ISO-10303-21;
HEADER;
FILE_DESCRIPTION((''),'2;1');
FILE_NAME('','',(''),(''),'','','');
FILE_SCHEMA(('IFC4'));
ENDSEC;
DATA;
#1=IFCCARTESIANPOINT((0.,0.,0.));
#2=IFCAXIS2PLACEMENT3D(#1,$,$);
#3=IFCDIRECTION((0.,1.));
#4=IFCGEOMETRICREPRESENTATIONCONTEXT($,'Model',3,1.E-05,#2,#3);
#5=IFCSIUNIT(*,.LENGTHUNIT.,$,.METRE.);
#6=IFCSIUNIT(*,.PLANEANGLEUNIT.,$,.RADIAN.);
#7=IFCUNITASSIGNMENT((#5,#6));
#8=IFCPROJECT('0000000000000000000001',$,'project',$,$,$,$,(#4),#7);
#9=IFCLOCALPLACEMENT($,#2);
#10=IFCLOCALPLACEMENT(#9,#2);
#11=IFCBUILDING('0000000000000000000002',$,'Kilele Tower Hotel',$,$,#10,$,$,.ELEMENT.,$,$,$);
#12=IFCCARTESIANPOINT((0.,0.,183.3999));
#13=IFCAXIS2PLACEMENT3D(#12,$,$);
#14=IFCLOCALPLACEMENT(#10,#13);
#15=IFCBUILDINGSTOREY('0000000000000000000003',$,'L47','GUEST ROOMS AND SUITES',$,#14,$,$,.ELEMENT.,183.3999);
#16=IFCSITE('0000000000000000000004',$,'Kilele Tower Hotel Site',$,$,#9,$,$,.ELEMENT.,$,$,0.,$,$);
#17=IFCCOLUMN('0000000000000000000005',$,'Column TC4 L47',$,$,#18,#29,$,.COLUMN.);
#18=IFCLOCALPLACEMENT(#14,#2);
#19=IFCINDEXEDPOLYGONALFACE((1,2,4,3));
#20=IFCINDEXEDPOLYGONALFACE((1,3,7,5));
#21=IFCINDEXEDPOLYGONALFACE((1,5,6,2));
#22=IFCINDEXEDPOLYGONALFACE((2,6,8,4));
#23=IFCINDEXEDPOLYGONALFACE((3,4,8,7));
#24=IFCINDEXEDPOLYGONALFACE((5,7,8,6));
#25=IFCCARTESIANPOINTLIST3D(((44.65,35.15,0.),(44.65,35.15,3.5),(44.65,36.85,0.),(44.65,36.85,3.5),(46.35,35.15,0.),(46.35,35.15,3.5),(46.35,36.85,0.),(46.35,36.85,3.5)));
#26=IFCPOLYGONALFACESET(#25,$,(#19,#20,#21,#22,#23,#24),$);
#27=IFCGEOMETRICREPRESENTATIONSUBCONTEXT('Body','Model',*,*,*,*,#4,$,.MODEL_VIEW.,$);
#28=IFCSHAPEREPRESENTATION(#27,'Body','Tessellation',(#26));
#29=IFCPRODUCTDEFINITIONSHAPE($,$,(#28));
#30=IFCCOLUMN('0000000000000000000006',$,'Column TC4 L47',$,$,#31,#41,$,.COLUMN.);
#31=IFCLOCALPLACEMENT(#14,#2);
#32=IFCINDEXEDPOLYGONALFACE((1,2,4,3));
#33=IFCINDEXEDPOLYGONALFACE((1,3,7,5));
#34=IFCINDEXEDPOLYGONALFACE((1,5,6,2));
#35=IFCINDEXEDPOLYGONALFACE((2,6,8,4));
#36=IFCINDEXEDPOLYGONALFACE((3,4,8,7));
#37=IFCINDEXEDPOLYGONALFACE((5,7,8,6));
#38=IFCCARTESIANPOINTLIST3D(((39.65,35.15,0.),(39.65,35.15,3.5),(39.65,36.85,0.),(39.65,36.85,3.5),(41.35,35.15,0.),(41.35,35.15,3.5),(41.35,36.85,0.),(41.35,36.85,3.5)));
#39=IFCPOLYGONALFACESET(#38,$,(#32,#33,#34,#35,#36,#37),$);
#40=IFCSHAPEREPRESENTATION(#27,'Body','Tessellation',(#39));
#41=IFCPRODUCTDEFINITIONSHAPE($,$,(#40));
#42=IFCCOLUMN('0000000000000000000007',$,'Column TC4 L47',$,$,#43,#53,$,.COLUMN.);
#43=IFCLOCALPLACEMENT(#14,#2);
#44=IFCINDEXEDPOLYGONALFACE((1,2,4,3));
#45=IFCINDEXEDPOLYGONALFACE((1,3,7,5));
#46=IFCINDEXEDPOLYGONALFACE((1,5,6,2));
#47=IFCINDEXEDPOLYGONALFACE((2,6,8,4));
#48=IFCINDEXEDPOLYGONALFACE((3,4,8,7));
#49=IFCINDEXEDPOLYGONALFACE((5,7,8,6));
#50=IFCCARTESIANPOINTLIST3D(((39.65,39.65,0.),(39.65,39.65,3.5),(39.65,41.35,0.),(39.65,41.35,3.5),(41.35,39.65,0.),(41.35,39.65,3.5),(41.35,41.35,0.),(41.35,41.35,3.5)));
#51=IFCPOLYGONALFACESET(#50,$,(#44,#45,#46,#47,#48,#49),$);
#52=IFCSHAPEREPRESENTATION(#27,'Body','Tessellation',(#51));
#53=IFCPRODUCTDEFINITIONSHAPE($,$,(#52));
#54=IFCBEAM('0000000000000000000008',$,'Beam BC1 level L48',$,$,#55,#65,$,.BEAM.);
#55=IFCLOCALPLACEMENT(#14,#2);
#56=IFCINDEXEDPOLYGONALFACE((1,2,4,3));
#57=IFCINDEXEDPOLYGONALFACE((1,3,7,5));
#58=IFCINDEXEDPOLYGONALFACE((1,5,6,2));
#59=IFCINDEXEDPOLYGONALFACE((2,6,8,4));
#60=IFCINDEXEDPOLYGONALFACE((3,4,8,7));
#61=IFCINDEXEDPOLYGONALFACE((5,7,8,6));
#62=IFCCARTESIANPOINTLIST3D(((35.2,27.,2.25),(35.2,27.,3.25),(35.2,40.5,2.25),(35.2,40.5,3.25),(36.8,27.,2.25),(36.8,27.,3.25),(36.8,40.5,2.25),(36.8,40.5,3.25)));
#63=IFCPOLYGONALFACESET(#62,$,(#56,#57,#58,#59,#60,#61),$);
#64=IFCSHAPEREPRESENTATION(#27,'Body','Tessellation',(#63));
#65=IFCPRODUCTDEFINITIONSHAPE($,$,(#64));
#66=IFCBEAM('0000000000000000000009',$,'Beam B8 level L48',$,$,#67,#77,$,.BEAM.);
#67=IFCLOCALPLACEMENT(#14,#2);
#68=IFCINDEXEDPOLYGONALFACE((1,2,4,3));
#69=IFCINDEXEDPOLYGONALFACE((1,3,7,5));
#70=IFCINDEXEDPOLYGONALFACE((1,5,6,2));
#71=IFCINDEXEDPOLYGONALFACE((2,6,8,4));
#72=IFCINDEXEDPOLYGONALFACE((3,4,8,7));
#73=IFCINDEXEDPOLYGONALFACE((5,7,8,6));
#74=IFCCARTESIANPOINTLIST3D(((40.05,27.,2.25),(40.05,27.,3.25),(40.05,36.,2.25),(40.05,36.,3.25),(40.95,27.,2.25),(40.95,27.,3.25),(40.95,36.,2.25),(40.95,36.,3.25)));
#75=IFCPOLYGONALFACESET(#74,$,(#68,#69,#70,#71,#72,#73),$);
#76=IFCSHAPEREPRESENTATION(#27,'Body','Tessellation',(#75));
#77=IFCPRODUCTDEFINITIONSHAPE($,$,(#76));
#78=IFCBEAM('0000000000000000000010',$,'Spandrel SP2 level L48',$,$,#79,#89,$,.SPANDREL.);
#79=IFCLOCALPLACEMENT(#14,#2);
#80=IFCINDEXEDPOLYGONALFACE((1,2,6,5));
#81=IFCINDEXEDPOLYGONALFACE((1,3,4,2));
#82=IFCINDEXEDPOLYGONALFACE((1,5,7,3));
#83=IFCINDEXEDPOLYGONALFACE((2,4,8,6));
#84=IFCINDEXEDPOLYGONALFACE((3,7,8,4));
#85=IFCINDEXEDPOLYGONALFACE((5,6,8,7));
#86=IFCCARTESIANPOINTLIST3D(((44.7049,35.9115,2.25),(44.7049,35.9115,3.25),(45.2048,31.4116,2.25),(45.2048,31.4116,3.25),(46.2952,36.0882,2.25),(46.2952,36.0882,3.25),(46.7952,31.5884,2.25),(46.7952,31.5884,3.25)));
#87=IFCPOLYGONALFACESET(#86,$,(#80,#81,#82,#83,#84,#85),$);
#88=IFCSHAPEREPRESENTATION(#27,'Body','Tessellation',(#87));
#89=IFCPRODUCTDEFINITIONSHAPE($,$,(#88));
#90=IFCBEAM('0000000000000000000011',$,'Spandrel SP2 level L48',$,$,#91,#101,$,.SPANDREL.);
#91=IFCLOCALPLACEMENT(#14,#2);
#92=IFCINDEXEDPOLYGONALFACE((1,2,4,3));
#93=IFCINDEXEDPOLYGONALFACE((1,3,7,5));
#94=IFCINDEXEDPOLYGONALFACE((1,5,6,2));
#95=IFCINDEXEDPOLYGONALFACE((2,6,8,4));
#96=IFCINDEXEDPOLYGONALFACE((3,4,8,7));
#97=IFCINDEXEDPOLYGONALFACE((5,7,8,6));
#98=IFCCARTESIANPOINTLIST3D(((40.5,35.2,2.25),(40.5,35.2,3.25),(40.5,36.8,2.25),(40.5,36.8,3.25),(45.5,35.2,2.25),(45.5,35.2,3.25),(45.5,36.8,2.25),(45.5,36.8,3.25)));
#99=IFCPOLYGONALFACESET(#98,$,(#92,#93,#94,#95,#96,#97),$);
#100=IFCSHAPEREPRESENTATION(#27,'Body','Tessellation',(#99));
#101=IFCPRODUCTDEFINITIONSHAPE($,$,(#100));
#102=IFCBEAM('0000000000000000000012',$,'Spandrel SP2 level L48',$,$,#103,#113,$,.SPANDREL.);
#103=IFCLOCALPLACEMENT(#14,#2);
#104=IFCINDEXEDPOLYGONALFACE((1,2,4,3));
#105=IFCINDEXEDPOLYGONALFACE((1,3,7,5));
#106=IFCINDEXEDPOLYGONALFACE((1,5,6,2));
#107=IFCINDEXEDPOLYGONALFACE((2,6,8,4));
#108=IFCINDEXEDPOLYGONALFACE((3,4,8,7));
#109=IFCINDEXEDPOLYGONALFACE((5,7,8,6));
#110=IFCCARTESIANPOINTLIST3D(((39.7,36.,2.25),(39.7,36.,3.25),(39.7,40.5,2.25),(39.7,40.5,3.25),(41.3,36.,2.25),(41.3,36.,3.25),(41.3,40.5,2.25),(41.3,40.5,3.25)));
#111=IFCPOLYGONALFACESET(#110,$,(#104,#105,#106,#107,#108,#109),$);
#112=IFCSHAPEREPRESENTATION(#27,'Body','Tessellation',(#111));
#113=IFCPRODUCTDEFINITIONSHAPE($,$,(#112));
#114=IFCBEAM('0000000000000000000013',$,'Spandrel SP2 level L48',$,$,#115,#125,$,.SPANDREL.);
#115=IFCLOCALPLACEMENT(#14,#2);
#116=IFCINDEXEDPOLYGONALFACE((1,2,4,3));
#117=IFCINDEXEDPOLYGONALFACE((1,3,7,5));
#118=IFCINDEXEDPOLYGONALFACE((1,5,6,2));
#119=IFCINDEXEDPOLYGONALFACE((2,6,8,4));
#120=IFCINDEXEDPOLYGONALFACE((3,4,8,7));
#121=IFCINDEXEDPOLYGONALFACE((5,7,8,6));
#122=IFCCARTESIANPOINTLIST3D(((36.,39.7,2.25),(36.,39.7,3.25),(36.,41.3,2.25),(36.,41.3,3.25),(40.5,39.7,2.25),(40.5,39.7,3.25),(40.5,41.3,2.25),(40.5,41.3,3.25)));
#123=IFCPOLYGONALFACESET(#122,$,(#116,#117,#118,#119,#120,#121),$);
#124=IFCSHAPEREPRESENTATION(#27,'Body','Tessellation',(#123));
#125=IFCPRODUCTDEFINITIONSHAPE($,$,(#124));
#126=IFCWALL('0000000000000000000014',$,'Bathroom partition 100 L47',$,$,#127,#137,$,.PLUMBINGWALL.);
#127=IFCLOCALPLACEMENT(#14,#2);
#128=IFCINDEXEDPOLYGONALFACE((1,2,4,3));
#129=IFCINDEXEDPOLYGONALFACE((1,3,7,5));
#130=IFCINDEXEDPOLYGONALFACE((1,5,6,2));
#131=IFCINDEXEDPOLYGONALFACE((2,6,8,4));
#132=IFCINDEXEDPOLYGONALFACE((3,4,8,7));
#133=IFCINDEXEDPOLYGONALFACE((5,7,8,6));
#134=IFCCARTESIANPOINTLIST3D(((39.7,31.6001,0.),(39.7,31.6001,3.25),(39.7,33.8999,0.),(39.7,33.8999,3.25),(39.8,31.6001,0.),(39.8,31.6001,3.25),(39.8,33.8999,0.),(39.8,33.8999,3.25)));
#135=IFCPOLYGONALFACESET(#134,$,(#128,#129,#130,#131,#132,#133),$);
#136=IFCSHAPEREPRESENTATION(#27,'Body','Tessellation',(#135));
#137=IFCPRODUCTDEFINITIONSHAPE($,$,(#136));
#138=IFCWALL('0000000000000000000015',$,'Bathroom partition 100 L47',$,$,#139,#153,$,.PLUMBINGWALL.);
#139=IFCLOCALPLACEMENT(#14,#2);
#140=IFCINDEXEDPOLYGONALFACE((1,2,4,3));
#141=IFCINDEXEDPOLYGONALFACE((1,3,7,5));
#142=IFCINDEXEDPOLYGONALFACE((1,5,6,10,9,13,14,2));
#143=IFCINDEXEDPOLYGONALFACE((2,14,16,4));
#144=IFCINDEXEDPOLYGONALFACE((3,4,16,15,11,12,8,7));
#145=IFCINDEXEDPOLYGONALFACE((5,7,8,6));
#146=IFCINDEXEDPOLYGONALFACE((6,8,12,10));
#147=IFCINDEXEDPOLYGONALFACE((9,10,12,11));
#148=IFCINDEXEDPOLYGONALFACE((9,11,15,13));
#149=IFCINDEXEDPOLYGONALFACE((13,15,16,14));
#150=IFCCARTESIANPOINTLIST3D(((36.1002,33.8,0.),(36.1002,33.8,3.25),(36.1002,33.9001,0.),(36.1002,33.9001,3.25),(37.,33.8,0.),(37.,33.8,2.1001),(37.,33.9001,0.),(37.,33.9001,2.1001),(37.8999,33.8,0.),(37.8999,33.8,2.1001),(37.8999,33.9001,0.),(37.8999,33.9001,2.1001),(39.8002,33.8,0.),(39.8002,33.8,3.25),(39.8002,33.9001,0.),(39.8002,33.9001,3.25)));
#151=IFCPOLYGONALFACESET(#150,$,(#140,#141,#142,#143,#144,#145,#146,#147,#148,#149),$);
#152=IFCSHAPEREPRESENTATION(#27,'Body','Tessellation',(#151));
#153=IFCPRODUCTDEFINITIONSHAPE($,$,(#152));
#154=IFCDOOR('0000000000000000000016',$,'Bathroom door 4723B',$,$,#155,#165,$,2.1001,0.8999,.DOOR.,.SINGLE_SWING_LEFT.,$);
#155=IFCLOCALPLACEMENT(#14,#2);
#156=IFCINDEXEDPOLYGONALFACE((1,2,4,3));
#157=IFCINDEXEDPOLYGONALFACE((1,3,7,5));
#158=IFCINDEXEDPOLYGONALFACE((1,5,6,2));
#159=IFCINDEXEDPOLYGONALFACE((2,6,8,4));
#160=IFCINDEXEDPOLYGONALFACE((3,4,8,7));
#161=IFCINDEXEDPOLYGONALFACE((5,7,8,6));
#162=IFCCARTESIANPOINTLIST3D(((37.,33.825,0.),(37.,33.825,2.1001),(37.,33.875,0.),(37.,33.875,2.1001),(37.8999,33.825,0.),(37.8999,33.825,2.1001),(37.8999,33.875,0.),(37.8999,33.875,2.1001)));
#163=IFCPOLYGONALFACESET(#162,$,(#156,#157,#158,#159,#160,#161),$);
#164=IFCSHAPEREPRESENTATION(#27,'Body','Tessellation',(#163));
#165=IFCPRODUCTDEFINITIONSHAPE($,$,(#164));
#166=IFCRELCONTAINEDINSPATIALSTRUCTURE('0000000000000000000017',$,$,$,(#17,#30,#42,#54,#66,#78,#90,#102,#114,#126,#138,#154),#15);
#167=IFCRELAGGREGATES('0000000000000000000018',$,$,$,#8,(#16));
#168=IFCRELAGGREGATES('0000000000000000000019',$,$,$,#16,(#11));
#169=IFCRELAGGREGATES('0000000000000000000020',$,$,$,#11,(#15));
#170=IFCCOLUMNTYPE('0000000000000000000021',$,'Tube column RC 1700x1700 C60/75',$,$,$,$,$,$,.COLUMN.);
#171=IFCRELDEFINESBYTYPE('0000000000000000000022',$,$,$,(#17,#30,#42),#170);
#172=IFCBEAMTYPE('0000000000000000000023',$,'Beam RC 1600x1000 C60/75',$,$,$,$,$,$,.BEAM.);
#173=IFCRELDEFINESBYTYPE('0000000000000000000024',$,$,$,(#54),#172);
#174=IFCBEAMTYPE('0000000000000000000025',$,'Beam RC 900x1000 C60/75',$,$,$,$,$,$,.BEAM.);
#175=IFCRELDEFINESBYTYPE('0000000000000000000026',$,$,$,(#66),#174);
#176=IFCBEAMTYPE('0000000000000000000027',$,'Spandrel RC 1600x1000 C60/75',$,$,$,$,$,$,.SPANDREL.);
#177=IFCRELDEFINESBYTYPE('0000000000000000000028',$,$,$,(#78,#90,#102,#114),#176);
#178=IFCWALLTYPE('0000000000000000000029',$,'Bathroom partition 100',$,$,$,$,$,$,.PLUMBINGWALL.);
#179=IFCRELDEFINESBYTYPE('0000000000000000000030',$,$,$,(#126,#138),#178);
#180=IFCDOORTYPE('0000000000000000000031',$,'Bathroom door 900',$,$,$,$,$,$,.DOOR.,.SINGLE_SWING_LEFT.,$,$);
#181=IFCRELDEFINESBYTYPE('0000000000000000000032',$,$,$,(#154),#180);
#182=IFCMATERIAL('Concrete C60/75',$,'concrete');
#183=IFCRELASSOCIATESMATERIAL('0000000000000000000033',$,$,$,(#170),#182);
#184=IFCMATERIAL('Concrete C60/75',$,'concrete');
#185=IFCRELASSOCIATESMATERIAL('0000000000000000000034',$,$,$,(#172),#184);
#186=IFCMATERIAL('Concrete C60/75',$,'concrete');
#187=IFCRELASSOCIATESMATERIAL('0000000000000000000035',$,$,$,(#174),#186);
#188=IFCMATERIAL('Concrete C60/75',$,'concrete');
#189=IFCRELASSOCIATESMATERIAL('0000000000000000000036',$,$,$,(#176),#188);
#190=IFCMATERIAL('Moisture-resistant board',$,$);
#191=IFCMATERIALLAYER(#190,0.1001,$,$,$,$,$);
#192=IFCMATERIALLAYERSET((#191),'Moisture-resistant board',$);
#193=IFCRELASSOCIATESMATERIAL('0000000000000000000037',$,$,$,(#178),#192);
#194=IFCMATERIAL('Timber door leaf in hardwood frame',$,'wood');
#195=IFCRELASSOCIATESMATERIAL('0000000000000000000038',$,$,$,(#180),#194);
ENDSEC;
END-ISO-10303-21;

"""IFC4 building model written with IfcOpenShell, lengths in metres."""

from ifc_helpers import new_model, si_unit, direction, frame, frame_2d, origin, origin_2d, place, context, subcontext, project, spatial, rectangle, extrude, material, layer, layer_set, material_profile, profile_set, type_object, element, fill, save


model = new_model("IFC4")

# Units and contexts
model_context = context("Model", 3, precision=1e-05, world=origin(), true_north=direction((0.0, 1.0)))
body_context = subcontext(model_context, "Body", "Model", "MODEL_VIEW")
ifc_project = project(units=[si_unit("LENGTHUNIT", "METRE"), si_unit("PLANEANGLEUNIT", "RADIAN")], contexts=[model_context])

# Site, building, storey
site_placement = place(None, origin())
site = spatial("IfcSite", under=ifc_project, at=site_placement, Name="Kilele Tower Hotel Site", CompositionType="ELEMENT", RefElevation=0.0)
building_placement = place(site_placement, origin())
building = spatial("IfcBuilding", under=site, at=building_placement, Name="Kilele Tower Hotel", CompositionType="ELEMENT")
storey_placement = place(building_placement, frame((0.0, 0.0, 183.3999)))
storey = spatial("IfcBuildingStorey", under=building, at=storey_placement, Name="L47", Description="GUEST ROOMS AND SUITES", CompositionType="ELEMENT", Elevation=183.3999)

# Columns
ifc_material_1 = material(Name="Concrete C60/75", Category="concrete")
ifc_material_profile_1 = material_profile(ifc_material_1, rectangle(XDim=1.7, YDim=1.7, at=origin_2d()))
ifc_profile_set_1 = profile_set([ifc_material_profile_1], Name="Concrete C60/75")
column_type = type_object("IfcColumnType", Name="Tube column RC 1700x1700 C60/75", PredefinedType="COLUMN", material=ifc_profile_set_1)
for number, where, z_axis, x_axis, name in (
    (1, (45.5, 36.0, 0.0), (0.0, 0.0, 1.0), (1.0, 0.0, 0.0), "Column TC4 L47"),
    (2, (40.5, 36.0, 0.0), (0.0, 0.0, 1.0), (1.0, 0.0, 0.0), "Column TC4 L47"),
    (3, (40.5, 40.5, 0.0), (0.0, 0.0, 1.0), (1.0, 0.0, 0.0), "Column TC4 L47"),
):
    element("IfcColumn", number, at=place(storey_placement, frame(where, z_axis=z_axis, x_axis=x_axis)), inside=storey, type_object=column_type, Name=name, PredefinedType="COLUMN", context=body_context, shape_type="SweptSolid", body=[
        extrude(rectangle(XDim=1.7, YDim=1.7, at=origin_2d()), origin(), (0.0, 0.0, 1.0), 3.5),
    ])

# Beams
ifc_material_2 = material(Name="Concrete C60/75", Category="concrete")
ifc_material_profile_2 = material_profile(ifc_material_2, rectangle(XDim=1.6001, YDim=1.0, at=origin_2d()))
ifc_profile_set_2 = profile_set([ifc_material_profile_2], Name="Concrete C60/75")
beam_type_1 = type_object("IfcBeamType", Name="Beam RC 1600x1000 C60/75", PredefinedType="BEAM", material=ifc_profile_set_2)
beam_1_placement = place(storey_placement, frame((36.0, 40.5, 2.75), z_axis=(0.0, -1.0, 0.0), x_axis=(1.0, 0.0, 0.0)))
element("IfcBeam", 4, at=beam_1_placement, inside=storey, type_object=beam_type_1, Name="Beam BC1 level L48", PredefinedType="BEAM", context=body_context, shape_type="SweptSolid", body=[
    extrude(rectangle(XDim=1.6001, YDim=1.0, at=origin_2d()), origin(), (0.0, 0.0, 1.0), 13.5),
])
ifc_material_3 = material(Name="Concrete C60/75", Category="concrete")
ifc_material_profile_3 = material_profile(ifc_material_3, rectangle(XDim=0.8999, YDim=1.0, at=origin_2d()))
ifc_profile_set_3 = profile_set([ifc_material_profile_3], Name="Concrete C60/75")
beam_type_2 = type_object("IfcBeamType", Name="Beam RC 900x1000 C60/75", PredefinedType="BEAM", material=ifc_profile_set_3)
beam_2_placement = place(storey_placement, frame((40.5, 36.0, 2.75), z_axis=(0.0, -1.0, 0.0), x_axis=(1.0, 0.0, 0.0)))
element("IfcBeam", 5, at=beam_2_placement, inside=storey, type_object=beam_type_2, Name="Beam B8 level L48", PredefinedType="BEAM", context=body_context, shape_type="SweptSolid", body=[
    extrude(rectangle(XDim=0.8999, YDim=1.0, at=origin_2d()), origin(), (0.0, 0.0, 1.0), 9.0),
])
ifc_material_4 = material(Name="Concrete C60/75", Category="concrete")
ifc_material_profile_4 = material_profile(ifc_material_4, rectangle(XDim=1.6001, YDim=1.0, at=origin_2d()))
ifc_profile_set_4 = profile_set([ifc_material_profile_4], Name="Concrete C60/75")
beam_type_3 = type_object("IfcBeamType", Name="Spandrel RC 1600x1000 C60/75", PredefinedType="SPANDREL", material=ifc_profile_set_4)
beam_3_placement = place(storey_placement, frame((46.0, 31.5, 2.75), z_axis=(-0.110432, 0.993884, 0.0), x_axis=(-0.993884, -0.110432, 0.0)))
element("IfcBeam", 6, at=beam_3_placement, inside=storey, type_object=beam_type_3, Name="Spandrel SP2 level L48", PredefinedType="SPANDREL", context=body_context, shape_type="SweptSolid", body=[
    extrude(rectangle(XDim=1.6001, YDim=1.0, at=origin_2d()), origin(), (0.0, 0.0, 1.0), 4.5276),
])
beam_4_placement = place(storey_placement, frame((45.5, 36.0, 2.75), z_axis=(-1.0, 0.0, 0.0), x_axis=(0.0, -1.0, 0.0)))
element("IfcBeam", 7, at=beam_4_placement, inside=storey, type_object=beam_type_3, Name="Spandrel SP2 level L48", PredefinedType="SPANDREL", context=body_context, shape_type="SweptSolid", body=[
    extrude(rectangle(XDim=1.6001, YDim=1.0, at=origin_2d()), origin(), (0.0, 0.0, 1.0), 5.0),
])
for number, where, z_axis, x_axis, name in (
    (8, (40.5, 36.0, 2.75), (0.0, 1.0, 0.0), (-1.0, 0.0, 0.0), "Spandrel SP2 level L48"),
    (9, (40.5, 40.5, 2.75), (-1.0, 0.0, 0.0), (0.0, -1.0, 0.0), "Spandrel SP2 level L48"),
):
    element("IfcBeam", number, at=place(storey_placement, frame(where, z_axis=z_axis, x_axis=x_axis)), inside=storey, type_object=beam_type_3, Name=name, PredefinedType="SPANDREL", context=body_context, shape_type="SweptSolid", body=[
        extrude(rectangle(XDim=1.6001, YDim=1.0, at=origin_2d()), origin(), (0.0, 0.0, 1.0), 4.5),
    ])

# Wall
ifc_material_5 = material(Name="Moisture-resistant board")
ifc_layer_1 = layer(ifc_material_5, 0.1001)
ifc_layer_set_1 = layer_set([ifc_layer_1], Name="Moisture-resistant board")
wall_type_1 = type_object("IfcWallType", Name="Bathroom partition 100", PredefinedType="PLUMBINGWALL", material=ifc_layer_set_1)
wall_1_placement = place(storey_placement, frame((39.75, 31.6001, 0.0), z_axis=(0.0, 0.0, 1.0), x_axis=(0.0, 1.0, 0.0)))
element("IfcWall", 10, at=wall_1_placement, inside=storey, type_object=wall_type_1, Name="Bathroom partition 100 L47", PredefinedType="PLUMBINGWALL", context=body_context, shape_type="SweptSolid", body=[
    extrude(rectangle(XDim=2.2998, YDim=0.1001, at=frame_2d((1.1499, 0.0))), origin(), (0.0, 0.0, 1.0), 3.25),
])

# Wall, opening, door
wall_2_placement = place(storey_placement, frame((36.1001, 33.8501, 0.0), z_axis=(0.0, 0.0, 1.0), x_axis=(1.0, 0.0, 0.0)))
wall_2 = element("IfcWall", 11, at=wall_2_placement, inside=storey, type_object=wall_type_1, Name="Bathroom partition 100 L47", PredefinedType="PLUMBINGWALL", context=body_context, shape_type="SweptSolid", body=[
    extrude(rectangle(XDim=3.7, YDim=0.1001, at=frame_2d((1.8501, 0.0))), origin(), (0.0, 0.0, 1.0), 3.25),
])
opening_1_placement = place(wall_2_placement, frame((0.8999, 0.0, 0.0)))
opening_1 = element("IfcOpeningElement", 12, at=opening_1_placement, cuts=wall_2, PredefinedType="OPENING", context=body_context, shape_type="SweptSolid", body=[
    extrude(rectangle(XDim=0.8999, YDim=2.1001, at=frame_2d((0.45, 1.05))), frame((0.0, 0.0601, 0.0), z_axis=(0.0, -1.0, 0.0), x_axis=(1.0, 0.0, 0.0)), (0.0, 0.0, 1.0), 0.1201),
])
ifc_material_6 = material(Name="Timber door leaf in hardwood frame", Category="wood")
door_type_1 = type_object("IfcDoorType", Name="Bathroom door 900", OperationType="SINGLE_SWING_LEFT", PredefinedType="DOOR", material=ifc_material_6)
door_1_placement = place(opening_1_placement, origin())
door_1 = element("IfcDoor", 13, at=door_1_placement, inside=storey, type_object=door_type_1, Name="Bathroom door 4723B", OperationType="SINGLE_SWING_LEFT", OverallHeight=2.1001, OverallWidth=0.8999, PredefinedType="DOOR", context=body_context, shape_type="SweptSolid", body=[
    extrude(rectangle(XDim=0.8999, YDim=2.1001, at=frame_2d((0.45, 1.05))), frame((0.0, 0.0249, 0.0), z_axis=(0.0, -1.0, 0.0), x_axis=(1.0, 0.0, 0.0)), (0.0, 0.0, 1.0), 0.05),
])
fill(opening_1, door_1)

save(model, "model.ifc")
